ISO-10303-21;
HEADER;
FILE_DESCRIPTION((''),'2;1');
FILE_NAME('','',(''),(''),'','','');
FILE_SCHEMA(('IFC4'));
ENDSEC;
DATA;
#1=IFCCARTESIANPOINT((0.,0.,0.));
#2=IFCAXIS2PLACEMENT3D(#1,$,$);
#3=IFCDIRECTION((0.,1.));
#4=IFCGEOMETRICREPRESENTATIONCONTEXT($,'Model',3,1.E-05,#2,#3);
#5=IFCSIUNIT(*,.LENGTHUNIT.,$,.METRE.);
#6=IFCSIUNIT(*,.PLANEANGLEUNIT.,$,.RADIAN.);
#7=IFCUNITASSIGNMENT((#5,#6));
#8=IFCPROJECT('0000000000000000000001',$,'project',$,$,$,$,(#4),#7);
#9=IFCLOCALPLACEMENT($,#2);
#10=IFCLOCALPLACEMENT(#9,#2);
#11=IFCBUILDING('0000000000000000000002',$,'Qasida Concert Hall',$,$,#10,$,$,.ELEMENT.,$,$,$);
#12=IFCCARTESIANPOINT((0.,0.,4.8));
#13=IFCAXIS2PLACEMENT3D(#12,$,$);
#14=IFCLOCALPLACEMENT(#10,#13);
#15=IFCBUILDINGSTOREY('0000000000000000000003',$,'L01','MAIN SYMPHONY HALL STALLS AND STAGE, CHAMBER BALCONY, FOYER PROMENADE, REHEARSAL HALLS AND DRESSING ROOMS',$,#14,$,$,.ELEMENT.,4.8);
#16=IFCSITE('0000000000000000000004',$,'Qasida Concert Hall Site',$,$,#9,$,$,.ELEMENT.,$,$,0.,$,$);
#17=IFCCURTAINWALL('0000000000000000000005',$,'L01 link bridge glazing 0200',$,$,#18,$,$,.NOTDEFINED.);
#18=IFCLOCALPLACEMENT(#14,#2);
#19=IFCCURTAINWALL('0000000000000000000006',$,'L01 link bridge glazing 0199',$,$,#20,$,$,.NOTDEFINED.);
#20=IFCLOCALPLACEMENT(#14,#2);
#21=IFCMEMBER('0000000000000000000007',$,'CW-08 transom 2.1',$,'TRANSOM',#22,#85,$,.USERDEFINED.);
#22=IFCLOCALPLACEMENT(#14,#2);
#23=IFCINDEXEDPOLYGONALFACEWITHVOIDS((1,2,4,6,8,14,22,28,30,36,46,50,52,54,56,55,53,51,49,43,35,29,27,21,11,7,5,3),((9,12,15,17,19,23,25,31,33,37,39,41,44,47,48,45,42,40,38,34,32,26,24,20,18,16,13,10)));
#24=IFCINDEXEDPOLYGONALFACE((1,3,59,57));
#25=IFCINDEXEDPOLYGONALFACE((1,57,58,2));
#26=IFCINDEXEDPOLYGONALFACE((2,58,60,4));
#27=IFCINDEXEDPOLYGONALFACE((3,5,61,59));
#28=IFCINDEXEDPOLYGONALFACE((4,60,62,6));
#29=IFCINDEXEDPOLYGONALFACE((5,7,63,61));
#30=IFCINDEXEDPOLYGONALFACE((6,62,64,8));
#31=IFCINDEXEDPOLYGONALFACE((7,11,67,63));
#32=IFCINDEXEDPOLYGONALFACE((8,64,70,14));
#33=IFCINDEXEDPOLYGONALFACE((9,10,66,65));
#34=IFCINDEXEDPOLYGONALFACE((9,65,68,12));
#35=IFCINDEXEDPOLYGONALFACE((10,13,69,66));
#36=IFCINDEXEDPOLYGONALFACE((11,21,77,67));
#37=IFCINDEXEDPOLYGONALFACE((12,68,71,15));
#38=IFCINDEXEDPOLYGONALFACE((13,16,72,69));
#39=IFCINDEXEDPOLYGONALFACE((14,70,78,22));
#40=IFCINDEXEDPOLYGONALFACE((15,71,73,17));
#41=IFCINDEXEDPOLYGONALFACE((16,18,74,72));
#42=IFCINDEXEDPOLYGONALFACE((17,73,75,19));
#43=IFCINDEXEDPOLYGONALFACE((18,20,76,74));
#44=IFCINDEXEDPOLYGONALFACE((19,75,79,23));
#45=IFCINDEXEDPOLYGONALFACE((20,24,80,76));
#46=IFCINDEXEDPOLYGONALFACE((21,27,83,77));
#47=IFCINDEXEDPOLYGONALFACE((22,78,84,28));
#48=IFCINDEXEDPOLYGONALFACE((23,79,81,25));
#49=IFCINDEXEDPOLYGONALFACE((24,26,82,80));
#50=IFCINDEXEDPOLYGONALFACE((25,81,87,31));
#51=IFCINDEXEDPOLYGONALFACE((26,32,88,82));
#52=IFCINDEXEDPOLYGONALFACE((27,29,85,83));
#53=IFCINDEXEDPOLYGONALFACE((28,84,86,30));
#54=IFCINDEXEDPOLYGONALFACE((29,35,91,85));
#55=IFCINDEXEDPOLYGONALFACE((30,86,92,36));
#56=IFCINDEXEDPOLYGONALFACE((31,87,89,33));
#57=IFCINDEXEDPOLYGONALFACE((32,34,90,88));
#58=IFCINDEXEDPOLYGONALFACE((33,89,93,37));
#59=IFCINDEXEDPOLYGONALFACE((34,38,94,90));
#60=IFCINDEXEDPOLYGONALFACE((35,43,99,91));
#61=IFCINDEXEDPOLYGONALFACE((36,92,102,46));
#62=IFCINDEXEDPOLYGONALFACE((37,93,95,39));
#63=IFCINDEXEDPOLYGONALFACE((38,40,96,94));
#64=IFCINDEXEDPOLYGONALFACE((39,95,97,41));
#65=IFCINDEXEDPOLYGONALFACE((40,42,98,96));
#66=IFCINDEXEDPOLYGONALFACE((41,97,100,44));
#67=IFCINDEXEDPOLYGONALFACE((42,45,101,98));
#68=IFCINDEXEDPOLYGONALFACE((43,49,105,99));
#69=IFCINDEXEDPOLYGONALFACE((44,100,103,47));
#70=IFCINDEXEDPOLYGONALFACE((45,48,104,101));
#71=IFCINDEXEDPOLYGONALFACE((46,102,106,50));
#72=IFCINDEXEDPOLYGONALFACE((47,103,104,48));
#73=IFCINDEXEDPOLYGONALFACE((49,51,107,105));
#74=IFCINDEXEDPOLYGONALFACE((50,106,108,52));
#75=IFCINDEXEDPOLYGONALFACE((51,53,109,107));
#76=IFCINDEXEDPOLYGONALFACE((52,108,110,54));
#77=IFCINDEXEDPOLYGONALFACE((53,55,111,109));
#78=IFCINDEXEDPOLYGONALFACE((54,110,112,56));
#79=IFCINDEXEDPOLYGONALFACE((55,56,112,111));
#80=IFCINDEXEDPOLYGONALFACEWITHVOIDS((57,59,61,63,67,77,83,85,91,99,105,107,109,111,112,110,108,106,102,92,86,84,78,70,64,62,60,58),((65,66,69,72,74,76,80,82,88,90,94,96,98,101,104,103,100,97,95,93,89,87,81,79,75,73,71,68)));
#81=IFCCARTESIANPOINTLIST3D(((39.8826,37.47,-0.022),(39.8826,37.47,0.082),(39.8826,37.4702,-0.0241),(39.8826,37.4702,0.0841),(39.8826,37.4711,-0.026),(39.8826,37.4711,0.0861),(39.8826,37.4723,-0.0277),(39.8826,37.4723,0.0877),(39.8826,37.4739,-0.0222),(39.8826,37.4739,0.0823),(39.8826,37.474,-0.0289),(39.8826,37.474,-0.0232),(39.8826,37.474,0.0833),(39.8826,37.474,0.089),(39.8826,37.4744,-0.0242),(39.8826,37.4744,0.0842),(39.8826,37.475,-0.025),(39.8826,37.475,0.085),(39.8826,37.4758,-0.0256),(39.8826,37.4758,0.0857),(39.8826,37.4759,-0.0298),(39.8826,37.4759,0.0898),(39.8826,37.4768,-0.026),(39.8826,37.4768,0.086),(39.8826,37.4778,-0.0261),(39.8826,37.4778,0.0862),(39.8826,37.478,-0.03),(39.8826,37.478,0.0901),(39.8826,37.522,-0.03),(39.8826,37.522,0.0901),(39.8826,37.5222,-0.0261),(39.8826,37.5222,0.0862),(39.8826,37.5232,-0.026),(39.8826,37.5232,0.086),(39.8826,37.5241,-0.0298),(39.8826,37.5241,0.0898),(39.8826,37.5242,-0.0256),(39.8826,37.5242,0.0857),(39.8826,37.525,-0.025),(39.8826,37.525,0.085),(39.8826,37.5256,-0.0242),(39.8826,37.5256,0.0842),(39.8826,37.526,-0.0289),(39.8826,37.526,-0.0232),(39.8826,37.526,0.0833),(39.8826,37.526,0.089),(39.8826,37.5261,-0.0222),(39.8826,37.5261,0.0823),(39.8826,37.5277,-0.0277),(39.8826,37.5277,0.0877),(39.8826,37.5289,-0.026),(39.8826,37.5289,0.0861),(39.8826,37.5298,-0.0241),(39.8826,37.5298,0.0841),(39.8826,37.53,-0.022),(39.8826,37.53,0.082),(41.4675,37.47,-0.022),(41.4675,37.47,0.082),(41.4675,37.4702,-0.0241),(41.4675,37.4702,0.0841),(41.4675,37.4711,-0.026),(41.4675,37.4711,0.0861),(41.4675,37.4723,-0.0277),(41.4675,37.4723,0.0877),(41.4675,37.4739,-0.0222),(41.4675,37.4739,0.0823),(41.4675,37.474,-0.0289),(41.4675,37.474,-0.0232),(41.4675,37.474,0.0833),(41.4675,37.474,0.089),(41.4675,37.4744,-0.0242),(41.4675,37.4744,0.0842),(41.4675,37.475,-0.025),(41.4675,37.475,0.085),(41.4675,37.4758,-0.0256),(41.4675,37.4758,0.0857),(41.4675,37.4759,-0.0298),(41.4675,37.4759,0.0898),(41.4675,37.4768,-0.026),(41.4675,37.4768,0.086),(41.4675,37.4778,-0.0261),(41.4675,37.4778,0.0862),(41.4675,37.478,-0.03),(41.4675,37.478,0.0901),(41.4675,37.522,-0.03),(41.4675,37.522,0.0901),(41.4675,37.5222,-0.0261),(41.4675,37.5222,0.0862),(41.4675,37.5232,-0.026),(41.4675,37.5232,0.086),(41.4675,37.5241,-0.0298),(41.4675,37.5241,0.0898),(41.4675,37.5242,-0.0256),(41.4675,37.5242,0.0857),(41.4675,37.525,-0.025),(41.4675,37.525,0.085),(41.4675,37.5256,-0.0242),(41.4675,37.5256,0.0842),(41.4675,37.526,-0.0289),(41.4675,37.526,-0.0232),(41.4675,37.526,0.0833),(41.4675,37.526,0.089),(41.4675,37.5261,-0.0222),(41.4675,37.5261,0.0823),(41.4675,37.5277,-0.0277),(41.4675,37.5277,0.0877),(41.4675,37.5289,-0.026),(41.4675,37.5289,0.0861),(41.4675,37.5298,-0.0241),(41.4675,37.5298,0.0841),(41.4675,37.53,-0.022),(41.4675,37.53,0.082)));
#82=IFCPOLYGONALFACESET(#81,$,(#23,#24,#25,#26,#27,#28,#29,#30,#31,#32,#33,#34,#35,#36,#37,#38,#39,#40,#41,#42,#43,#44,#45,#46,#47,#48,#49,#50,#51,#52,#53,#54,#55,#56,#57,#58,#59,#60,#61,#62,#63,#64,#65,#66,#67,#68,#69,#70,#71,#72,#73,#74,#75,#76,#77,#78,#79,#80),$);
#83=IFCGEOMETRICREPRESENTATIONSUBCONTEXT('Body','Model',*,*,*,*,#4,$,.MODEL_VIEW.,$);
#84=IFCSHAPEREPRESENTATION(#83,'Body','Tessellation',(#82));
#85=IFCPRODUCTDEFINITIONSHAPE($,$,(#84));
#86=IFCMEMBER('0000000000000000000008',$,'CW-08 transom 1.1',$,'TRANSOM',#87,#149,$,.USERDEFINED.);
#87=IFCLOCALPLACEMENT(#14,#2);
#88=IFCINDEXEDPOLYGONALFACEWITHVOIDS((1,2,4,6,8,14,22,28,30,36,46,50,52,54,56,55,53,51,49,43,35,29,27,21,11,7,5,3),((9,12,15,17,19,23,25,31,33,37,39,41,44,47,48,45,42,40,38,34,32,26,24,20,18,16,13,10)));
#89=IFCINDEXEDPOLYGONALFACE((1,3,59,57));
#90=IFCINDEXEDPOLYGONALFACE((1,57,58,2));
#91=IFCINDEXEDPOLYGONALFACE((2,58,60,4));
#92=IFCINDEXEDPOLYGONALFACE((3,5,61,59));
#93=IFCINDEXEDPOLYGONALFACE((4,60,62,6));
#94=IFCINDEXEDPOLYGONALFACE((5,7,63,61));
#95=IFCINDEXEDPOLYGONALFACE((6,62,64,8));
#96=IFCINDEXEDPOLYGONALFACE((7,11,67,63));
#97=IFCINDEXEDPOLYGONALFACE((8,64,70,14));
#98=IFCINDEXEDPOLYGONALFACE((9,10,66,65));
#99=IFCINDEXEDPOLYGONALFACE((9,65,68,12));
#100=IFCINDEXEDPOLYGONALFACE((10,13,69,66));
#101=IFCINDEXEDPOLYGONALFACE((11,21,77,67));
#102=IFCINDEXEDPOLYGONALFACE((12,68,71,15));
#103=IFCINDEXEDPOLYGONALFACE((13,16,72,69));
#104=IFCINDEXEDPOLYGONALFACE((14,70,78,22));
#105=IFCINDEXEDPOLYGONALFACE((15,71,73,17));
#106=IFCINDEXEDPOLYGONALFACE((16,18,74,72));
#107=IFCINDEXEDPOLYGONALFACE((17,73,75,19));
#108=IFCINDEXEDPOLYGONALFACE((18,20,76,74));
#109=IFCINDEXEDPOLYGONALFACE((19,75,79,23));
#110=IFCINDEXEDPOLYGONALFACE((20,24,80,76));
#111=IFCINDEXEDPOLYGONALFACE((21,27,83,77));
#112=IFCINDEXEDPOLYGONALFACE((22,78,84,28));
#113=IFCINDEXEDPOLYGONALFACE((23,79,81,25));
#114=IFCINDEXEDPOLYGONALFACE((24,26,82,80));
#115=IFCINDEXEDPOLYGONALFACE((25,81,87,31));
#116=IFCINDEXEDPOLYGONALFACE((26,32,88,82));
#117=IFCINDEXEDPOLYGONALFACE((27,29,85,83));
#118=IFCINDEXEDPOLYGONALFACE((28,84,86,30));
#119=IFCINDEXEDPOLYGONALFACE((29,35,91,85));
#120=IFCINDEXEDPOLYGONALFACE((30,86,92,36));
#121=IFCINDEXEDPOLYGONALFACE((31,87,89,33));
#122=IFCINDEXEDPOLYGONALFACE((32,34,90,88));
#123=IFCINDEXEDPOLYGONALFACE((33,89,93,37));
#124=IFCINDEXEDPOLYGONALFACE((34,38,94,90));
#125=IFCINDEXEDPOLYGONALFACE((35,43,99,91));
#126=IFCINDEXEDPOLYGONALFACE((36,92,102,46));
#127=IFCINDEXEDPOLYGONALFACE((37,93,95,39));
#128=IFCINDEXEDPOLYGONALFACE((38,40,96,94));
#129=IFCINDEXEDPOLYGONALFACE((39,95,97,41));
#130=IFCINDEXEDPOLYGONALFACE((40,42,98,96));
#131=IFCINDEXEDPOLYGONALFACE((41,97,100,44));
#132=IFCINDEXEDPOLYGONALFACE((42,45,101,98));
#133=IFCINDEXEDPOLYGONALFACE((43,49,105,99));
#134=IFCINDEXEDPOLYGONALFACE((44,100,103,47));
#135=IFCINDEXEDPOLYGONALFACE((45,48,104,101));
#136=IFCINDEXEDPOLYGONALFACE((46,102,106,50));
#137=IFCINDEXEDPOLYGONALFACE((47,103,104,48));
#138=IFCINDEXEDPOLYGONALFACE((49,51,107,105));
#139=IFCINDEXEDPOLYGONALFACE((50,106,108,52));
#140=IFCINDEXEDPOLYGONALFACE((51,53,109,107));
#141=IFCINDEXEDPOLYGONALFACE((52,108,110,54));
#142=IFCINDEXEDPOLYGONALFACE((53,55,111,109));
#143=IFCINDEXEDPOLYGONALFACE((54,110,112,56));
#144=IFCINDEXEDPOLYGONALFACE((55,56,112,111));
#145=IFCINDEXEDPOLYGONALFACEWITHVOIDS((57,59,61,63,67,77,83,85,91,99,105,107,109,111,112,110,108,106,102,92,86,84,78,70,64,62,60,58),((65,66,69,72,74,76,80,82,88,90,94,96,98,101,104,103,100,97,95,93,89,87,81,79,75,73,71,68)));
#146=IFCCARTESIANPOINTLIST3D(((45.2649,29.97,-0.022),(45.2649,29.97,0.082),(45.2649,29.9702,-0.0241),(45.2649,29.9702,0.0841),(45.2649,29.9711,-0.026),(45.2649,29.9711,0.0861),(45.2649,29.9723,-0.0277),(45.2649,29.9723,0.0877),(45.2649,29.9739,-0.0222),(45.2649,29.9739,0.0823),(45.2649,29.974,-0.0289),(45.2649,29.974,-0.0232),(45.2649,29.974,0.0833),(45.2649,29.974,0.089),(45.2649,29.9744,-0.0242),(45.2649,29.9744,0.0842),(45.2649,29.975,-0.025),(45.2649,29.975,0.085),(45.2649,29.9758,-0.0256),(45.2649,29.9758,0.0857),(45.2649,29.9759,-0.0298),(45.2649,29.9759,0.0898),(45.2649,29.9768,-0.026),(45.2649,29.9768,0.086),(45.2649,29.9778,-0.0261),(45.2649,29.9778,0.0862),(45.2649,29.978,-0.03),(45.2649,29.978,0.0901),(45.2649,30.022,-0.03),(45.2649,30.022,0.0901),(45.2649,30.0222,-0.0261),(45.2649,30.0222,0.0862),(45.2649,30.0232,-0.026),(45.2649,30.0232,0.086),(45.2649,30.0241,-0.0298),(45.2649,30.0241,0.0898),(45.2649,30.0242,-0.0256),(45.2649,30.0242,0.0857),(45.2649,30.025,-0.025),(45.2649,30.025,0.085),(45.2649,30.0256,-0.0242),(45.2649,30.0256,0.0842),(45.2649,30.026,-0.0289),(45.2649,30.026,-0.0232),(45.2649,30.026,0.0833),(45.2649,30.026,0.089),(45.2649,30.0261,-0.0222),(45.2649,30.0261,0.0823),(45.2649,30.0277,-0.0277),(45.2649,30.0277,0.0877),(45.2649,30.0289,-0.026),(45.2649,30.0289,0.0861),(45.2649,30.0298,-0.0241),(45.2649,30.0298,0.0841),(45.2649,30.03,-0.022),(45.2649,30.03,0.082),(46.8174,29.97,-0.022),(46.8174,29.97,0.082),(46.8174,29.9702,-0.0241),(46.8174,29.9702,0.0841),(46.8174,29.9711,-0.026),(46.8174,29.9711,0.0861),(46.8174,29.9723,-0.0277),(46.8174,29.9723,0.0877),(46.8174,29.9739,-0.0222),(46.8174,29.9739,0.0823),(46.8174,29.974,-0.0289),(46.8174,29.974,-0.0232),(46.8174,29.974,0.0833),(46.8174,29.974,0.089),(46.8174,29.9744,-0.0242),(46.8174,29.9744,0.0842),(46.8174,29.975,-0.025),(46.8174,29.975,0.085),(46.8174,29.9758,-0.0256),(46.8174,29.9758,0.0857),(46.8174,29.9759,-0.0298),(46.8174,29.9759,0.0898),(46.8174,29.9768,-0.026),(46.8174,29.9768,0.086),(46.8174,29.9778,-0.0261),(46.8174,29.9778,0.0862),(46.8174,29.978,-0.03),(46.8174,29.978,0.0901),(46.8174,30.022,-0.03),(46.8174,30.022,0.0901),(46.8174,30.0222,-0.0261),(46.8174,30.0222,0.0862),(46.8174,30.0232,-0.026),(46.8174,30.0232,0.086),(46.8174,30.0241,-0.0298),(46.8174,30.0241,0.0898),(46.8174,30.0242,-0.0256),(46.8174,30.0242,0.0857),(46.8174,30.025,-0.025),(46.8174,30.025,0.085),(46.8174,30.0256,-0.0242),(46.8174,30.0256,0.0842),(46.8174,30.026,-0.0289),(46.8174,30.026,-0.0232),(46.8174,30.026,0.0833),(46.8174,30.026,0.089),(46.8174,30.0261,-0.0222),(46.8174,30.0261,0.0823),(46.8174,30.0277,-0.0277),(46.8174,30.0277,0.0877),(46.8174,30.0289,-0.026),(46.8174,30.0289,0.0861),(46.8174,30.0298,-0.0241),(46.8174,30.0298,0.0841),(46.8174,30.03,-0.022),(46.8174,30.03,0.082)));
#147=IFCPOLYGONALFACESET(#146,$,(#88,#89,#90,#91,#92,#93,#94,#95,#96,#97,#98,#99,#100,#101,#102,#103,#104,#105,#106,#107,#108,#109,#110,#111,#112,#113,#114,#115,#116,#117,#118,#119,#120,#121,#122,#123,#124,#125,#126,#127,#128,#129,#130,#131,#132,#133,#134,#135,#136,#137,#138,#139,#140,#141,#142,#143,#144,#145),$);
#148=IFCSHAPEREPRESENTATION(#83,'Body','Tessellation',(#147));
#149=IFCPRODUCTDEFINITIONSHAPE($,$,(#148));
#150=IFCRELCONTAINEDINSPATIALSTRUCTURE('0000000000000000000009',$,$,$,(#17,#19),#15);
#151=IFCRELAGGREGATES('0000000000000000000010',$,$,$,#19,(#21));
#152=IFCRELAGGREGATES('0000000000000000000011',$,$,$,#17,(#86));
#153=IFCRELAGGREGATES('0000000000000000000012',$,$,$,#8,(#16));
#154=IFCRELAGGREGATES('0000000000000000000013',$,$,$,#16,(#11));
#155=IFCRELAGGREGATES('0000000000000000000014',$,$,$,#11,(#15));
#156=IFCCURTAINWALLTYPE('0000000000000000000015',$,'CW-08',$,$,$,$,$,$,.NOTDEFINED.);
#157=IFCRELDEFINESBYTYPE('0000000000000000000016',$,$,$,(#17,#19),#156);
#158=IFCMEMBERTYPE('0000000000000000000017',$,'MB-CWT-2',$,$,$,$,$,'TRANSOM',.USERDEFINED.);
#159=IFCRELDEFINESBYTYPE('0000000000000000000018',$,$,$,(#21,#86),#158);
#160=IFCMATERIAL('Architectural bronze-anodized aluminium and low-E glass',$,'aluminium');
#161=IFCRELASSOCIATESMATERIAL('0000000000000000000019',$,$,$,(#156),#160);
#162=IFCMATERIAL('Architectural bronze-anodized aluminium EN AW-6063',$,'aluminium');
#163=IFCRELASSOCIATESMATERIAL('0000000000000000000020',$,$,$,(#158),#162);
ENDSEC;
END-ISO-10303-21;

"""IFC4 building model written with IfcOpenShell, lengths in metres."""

from ifc_helpers import new_model, si_unit, direction, frame, origin, origin_2d, place, context, subcontext, project, spatial, hollow_rectangle, extrude, material, material_profile, profile_set, type_object, element, aggregate, save


model = new_model("IFC4")

# Units and contexts
model_context = context("Model", 3, precision=1e-05, world=origin(), true_north=direction((0.0, 1.0)))
body_context = subcontext(model_context, "Body", "Model", "MODEL_VIEW")
ifc_project = project(units=[si_unit("LENGTHUNIT", "METRE"), si_unit("PLANEANGLEUNIT", "RADIAN")], contexts=[model_context])

# Site, building, storey
site_placement = place(None, origin())
site = spatial("IfcSite", under=ifc_project, at=site_placement, Name="Qasida Concert Hall Site", CompositionType="ELEMENT", RefElevation=0.0)
building_placement = place(site_placement, origin())
building = spatial("IfcBuilding", under=site, at=building_placement, Name="Qasida Concert Hall", CompositionType="ELEMENT")
storey_placement = place(building_placement, frame((0.0, 0.0, 4.8)))
storey = spatial("IfcBuildingStorey", under=building, at=storey_placement, Name="L01", Description="MAIN SYMPHONY HALL STALLS AND STAGE, CHAMBER BALCONY, FOYER PROMENADE, REHEARSAL HALLS AND DRESSING ROOMS", CompositionType="ELEMENT", Elevation=4.8)

# Shared definitions
ifc_material_1 = material(Name="Architectural bronze-anodized aluminium and low-E glass", Category="aluminium")
curtain_wall_type = type_object("IfcCurtainWallType", Name="CW-08", PredefinedType="NOTDEFINED", material=ifc_material_1)
ifc_material_2 = material(Name="Architectural bronze-anodized aluminium EN AW-6063", Category="aluminium")

# Curtain wall
curtain_wall_1_placement = place(storey_placement, origin())
curtain_wall_1 = element("IfcCurtainWall", 1, at=curtain_wall_1_placement, inside=storey, type_object=curtain_wall_type, Name="L01 link bridge glazing 0200", PredefinedType="NOTDEFINED")

# Shared definitions
ifc_material_profile_1 = material_profile(ifc_material_2, hollow_rectangle(XDim=0.0601, YDim=0.1201, WallThickness=0.0039, InnerFilletRadius=0.0039, OuterFilletRadius=0.0081, at=origin_2d()), Name="CWT 120x60x4")
ifc_profile_set_1 = profile_set([ifc_material_profile_1], Name="Architectural bronze-anodized aluminium EN AW-6063")
member_type_1 = type_object("IfcMemberType", Name="MB-CWT-2", ElementType="TRANSOM", PredefinedType="USERDEFINED", material=ifc_profile_set_1)

# Curtain wall, member
curtain_wall_2_placement = place(storey_placement, origin())
curtain_wall_2 = element("IfcCurtainWall", 2, at=curtain_wall_2_placement, inside=storey, type_object=curtain_wall_type, Name="L01 link bridge glazing 0199", PredefinedType="NOTDEFINED")
member_1_placement = place(storey_placement, frame((39.8826, 37.5, 0.03), z_axis=(1.0, 0.0, 0.0), x_axis=(0.0, 1.0, 0.0)))
member_1 = element("IfcMember", 3, at=member_1_placement, type_object=member_type_1, Name="CW-08 transom 2.1", ObjectType="TRANSOM", PredefinedType="USERDEFINED", context=body_context, shape_type="SweptSolid", body=[
    extrude(hollow_rectangle(XDim=0.0601, YDim=0.1201, WallThickness=0.0039, InnerFilletRadius=0.0039, OuterFilletRadius=0.0081, at=origin_2d()), origin(), (0.0, 0.0, 1.0), 1.585),
])
aggregate(curtain_wall_2, [member_1])

# Member
member_2_placement = place(storey_placement, frame((45.2649, 30.0, 0.03), z_axis=(1.0, 0.0, 0.0), x_axis=(0.0, 1.0, 0.0)))
member_2 = element("IfcMember", 4, at=member_2_placement, type_object=member_type_1, Name="CW-08 transom 1.1", ObjectType="TRANSOM", PredefinedType="USERDEFINED", context=body_context, shape_type="SweptSolid", body=[
    extrude(hollow_rectangle(XDim=0.0601, YDim=0.1201, WallThickness=0.0039, InnerFilletRadius=0.0039, OuterFilletRadius=0.0081, at=origin_2d()), origin(), (0.0, 0.0, 1.0), 1.5525),
])
aggregate(curtain_wall_1, [member_2])

save(model, "model.ifc")
